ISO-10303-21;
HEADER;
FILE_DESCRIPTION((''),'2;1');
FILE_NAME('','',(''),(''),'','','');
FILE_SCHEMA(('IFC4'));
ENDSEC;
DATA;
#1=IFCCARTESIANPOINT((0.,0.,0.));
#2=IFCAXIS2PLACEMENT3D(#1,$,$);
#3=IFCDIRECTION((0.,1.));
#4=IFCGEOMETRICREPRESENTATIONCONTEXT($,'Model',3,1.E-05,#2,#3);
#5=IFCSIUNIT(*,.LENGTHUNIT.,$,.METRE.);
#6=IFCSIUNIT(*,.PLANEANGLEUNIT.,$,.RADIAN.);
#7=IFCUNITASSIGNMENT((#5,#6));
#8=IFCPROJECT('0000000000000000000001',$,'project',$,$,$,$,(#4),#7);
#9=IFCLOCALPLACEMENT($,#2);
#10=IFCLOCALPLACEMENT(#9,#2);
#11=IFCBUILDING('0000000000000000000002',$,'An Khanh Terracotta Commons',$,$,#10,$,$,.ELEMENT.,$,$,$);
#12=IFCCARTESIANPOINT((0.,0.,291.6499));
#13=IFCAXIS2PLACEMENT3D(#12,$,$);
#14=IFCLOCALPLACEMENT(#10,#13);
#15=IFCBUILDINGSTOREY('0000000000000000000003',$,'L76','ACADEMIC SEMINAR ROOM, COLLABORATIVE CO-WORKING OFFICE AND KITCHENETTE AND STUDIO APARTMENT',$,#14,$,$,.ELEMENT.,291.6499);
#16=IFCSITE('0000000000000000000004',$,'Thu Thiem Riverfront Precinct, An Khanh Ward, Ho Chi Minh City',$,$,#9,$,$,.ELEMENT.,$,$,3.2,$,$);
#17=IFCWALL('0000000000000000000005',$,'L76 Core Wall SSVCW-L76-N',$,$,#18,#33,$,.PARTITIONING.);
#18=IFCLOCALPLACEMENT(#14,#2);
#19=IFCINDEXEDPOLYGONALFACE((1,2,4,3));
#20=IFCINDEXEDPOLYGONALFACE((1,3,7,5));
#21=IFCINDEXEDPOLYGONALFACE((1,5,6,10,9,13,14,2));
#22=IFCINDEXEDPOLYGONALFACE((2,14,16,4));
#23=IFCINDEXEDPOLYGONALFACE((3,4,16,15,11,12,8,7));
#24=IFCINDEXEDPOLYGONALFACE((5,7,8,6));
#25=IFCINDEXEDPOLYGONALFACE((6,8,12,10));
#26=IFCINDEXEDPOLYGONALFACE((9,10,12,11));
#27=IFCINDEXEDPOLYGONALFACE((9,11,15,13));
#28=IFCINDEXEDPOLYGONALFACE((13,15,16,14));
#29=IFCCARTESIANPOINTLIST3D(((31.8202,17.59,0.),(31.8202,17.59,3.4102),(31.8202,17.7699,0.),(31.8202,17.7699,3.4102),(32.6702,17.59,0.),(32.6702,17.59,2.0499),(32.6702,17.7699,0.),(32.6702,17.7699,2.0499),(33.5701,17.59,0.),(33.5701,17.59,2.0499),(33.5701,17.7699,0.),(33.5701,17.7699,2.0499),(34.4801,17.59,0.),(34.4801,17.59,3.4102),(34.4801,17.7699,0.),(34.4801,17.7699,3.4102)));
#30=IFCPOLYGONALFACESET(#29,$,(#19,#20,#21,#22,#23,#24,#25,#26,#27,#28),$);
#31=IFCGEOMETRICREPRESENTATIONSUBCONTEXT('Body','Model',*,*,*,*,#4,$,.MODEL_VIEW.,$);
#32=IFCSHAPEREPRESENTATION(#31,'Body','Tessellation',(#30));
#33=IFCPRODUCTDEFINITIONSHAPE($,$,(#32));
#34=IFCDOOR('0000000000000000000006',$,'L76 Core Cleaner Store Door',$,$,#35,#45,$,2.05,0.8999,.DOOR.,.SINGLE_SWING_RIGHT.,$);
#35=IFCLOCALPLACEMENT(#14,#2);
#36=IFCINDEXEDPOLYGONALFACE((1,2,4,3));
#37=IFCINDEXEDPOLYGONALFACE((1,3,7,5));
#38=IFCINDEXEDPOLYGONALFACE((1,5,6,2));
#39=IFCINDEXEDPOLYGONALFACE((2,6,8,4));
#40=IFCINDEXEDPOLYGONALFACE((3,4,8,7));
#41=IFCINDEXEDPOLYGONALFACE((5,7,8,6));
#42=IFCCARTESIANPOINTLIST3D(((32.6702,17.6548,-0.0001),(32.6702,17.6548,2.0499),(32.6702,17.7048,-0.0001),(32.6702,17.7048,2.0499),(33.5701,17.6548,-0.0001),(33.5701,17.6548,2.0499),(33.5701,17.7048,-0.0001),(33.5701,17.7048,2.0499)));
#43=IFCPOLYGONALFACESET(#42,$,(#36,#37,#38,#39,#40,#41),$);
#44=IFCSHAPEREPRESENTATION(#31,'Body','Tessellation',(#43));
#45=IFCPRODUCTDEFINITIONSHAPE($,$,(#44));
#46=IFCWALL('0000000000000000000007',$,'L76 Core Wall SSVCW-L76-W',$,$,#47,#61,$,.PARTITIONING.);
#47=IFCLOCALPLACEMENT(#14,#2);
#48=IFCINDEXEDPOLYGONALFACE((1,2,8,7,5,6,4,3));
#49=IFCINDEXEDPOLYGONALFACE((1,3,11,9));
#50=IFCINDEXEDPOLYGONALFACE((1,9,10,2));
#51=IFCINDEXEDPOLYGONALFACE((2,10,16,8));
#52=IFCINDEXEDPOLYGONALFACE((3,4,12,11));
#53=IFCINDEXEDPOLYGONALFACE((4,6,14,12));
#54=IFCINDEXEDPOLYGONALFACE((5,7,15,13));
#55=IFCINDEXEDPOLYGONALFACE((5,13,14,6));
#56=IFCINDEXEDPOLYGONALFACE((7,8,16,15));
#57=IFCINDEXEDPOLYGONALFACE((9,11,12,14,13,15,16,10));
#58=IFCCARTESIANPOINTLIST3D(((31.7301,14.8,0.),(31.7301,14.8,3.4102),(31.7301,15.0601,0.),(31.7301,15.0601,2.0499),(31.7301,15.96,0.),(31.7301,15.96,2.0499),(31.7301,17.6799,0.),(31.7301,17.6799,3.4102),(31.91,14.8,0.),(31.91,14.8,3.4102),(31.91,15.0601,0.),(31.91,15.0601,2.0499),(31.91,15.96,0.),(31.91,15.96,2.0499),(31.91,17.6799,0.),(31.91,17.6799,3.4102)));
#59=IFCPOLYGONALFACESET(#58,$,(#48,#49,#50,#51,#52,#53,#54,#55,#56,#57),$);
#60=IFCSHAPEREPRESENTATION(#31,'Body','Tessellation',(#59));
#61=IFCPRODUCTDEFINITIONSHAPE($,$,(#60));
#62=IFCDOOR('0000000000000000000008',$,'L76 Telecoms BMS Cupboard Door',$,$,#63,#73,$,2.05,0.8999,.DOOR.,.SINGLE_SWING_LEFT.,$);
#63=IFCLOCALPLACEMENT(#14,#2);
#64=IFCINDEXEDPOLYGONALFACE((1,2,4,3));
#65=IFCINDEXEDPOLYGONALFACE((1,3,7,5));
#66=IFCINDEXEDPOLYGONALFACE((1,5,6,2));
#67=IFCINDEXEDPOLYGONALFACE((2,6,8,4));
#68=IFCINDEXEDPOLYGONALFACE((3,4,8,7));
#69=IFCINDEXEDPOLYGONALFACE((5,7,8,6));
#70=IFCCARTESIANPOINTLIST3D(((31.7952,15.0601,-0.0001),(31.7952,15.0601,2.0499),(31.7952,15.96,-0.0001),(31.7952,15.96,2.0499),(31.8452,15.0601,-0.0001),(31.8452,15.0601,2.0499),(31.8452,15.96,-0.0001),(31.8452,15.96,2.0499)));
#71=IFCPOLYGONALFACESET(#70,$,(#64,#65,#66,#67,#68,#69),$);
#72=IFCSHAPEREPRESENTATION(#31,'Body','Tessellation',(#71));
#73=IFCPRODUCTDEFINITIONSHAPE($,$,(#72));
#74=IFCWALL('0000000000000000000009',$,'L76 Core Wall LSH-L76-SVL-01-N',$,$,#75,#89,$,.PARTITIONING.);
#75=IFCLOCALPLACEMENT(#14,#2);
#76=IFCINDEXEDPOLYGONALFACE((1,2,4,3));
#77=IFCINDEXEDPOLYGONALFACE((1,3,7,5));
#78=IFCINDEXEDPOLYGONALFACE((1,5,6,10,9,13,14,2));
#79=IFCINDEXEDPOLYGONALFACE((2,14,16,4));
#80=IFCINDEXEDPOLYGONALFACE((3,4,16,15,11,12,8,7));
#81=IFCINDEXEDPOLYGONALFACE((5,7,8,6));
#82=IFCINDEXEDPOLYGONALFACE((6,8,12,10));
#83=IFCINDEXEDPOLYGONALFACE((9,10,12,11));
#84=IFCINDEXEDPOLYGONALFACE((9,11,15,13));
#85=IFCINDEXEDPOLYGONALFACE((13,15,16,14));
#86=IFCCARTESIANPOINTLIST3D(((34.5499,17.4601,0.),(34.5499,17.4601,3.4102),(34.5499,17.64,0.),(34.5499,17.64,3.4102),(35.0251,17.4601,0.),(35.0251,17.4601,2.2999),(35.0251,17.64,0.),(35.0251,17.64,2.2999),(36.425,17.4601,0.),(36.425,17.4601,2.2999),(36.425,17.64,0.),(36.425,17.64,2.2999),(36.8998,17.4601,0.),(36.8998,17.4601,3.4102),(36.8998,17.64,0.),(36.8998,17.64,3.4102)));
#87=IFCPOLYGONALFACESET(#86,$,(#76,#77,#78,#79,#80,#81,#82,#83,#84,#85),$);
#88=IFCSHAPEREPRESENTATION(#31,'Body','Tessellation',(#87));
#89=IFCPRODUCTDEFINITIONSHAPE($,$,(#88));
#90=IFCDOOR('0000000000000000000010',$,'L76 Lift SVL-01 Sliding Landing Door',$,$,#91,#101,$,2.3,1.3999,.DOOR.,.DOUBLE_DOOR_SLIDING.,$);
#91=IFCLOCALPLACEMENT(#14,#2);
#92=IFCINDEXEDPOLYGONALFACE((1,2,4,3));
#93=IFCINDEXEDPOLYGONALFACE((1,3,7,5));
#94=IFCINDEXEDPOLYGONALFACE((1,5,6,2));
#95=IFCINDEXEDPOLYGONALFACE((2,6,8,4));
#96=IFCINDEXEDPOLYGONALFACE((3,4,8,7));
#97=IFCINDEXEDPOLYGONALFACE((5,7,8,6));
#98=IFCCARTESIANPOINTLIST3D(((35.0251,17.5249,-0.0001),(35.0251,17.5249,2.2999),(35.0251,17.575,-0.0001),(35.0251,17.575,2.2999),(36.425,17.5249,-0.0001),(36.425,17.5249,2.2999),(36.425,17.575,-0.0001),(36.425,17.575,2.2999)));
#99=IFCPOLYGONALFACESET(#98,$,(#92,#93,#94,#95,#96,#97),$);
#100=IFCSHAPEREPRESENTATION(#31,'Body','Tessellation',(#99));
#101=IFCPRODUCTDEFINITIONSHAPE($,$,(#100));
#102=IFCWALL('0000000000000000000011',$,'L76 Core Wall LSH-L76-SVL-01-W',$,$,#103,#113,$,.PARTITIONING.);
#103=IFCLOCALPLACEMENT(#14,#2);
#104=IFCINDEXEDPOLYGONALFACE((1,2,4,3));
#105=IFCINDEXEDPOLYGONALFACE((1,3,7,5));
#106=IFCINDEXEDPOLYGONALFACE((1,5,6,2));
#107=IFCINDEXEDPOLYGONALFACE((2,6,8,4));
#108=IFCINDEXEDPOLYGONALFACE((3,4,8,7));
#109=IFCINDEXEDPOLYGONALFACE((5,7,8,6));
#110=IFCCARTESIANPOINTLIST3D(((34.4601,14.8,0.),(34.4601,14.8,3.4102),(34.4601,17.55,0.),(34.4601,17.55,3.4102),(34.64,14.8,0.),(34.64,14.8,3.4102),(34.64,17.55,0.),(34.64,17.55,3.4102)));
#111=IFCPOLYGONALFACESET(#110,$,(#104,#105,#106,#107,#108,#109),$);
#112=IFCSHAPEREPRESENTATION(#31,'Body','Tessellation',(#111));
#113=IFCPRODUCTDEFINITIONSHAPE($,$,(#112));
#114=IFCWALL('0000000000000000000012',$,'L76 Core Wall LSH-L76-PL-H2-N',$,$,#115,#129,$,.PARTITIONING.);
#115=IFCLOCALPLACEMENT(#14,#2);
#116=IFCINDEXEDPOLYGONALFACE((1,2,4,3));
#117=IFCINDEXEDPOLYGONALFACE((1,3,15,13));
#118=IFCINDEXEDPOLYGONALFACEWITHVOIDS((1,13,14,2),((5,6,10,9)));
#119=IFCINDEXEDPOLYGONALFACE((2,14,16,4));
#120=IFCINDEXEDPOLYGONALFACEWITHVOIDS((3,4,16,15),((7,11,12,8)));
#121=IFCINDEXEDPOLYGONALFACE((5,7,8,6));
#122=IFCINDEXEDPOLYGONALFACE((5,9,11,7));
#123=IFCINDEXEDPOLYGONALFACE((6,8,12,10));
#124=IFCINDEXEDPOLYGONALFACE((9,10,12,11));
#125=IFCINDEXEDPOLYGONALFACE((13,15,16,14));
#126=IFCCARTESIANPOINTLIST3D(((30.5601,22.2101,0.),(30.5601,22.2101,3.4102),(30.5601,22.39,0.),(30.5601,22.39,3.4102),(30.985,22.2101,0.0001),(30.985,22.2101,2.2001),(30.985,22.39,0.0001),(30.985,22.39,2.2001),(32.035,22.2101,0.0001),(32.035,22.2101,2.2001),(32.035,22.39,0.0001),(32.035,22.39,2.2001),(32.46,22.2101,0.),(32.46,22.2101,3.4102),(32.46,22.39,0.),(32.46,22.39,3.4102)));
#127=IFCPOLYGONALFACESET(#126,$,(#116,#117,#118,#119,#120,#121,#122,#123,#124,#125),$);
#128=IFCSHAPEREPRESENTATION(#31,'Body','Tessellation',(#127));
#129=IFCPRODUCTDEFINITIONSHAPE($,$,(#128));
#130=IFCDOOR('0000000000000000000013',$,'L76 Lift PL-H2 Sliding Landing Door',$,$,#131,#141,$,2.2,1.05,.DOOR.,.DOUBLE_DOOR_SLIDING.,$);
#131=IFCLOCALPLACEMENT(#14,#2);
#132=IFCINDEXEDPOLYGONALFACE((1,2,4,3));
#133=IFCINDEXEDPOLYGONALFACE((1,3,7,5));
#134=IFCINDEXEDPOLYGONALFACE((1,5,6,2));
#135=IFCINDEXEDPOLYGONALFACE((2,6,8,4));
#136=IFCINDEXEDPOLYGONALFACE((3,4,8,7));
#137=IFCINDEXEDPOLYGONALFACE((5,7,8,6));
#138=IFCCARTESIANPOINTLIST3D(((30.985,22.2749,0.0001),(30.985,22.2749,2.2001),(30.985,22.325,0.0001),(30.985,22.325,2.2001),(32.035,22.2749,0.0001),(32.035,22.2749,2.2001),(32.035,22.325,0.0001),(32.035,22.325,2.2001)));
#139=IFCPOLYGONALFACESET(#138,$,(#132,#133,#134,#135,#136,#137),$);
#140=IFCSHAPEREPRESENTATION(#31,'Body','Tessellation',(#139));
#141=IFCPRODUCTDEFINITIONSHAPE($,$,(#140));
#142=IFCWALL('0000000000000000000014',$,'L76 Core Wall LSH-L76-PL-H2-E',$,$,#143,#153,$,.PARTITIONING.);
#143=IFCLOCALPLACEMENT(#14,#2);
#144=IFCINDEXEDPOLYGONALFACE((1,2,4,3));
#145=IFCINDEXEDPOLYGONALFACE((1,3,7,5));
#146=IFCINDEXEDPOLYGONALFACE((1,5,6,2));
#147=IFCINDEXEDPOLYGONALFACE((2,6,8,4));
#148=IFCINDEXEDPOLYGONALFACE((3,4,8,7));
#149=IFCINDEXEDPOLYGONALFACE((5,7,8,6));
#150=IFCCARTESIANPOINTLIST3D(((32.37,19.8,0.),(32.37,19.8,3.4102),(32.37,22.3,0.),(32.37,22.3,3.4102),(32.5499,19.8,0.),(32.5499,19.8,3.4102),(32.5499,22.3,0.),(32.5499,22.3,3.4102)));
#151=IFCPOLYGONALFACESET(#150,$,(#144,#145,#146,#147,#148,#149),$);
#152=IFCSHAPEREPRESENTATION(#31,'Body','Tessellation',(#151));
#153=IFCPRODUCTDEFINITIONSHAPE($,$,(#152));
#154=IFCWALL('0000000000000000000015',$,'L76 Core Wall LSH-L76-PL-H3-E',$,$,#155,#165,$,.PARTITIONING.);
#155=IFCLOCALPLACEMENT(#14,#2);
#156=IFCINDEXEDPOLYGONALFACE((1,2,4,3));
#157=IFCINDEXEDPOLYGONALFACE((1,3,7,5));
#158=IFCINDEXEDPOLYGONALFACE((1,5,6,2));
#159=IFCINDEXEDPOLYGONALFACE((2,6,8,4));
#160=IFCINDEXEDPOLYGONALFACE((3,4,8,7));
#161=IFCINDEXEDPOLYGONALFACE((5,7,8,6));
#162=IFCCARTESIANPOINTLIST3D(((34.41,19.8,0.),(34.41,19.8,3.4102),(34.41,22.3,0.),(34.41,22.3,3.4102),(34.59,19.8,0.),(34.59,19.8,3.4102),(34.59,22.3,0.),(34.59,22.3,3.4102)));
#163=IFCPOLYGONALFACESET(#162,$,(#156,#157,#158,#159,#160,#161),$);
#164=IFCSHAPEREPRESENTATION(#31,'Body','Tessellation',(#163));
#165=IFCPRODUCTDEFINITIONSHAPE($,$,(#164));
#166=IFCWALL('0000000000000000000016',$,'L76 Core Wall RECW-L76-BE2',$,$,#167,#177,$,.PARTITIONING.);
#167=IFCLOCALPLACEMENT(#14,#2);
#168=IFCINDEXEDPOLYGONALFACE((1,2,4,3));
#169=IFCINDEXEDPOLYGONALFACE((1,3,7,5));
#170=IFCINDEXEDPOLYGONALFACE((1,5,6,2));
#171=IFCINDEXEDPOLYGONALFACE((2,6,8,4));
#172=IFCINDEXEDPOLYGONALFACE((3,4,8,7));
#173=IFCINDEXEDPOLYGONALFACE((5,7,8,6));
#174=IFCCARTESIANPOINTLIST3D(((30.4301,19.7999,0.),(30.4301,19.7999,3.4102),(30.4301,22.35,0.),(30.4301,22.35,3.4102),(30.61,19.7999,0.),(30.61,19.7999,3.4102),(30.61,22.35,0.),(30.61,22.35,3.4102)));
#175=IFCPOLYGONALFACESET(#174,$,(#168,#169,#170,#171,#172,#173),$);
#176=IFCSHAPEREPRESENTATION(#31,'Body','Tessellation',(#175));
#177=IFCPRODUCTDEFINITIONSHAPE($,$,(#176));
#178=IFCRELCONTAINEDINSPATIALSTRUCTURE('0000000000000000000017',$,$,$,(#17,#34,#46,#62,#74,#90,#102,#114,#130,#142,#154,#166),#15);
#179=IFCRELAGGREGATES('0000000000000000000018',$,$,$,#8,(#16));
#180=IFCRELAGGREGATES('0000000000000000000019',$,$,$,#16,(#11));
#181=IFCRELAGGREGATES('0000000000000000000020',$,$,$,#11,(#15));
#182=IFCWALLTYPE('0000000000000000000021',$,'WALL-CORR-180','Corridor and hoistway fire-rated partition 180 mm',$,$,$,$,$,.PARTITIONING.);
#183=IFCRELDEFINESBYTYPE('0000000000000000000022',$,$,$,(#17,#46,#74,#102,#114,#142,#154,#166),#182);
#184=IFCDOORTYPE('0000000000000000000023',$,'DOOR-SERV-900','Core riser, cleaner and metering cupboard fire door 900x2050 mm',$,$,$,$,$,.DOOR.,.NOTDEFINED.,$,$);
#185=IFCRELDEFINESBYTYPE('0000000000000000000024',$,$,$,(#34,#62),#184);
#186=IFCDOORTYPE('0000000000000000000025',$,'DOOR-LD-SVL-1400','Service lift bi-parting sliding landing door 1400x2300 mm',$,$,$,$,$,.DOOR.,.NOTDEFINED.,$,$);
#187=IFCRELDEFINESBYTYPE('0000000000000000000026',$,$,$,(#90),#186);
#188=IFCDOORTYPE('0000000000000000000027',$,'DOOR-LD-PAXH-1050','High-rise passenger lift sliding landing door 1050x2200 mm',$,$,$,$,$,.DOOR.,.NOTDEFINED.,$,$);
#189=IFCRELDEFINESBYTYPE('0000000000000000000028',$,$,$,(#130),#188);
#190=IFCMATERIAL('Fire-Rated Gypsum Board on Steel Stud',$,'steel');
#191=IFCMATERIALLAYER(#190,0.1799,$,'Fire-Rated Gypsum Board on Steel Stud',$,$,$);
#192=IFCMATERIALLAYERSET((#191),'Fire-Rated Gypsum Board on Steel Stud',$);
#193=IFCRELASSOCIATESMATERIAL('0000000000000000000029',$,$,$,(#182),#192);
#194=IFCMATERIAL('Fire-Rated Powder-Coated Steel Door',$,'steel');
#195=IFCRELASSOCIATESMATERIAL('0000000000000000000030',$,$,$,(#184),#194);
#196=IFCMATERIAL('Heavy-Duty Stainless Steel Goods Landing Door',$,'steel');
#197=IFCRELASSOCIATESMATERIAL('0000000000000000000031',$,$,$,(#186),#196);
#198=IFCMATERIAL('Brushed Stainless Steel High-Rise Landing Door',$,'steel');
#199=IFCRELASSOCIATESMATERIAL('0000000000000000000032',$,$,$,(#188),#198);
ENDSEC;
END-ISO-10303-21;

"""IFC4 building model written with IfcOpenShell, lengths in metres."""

from ifc_helpers import new_model, si_unit, direction, frame, frame_2d, origin, place, context, subcontext, project, spatial, rectangle, extrude, material, layer, layer_set, type_object, element, fill, save


model = new_model("IFC4")

# Units and contexts
model_context = context("Model", 3, precision=1e-05, world=origin(), true_north=direction((0.0, 1.0)))
body_context = subcontext(model_context, "Body", "Model", "MODEL_VIEW")
ifc_project = project(units=[si_unit("LENGTHUNIT", "METRE"), si_unit("PLANEANGLEUNIT", "RADIAN")], contexts=[model_context])

# Site, building, storey
site_placement = place(None, origin())
site = spatial("IfcSite", under=ifc_project, at=site_placement, Name="Thu Thiem Riverfront Precinct, An Khanh Ward, Ho Chi Minh City", CompositionType="ELEMENT", RefElevation=3.2)
building_placement = place(site_placement, origin())
building = spatial("IfcBuilding", under=site, at=building_placement, Name="An Khanh Terracotta Commons", CompositionType="ELEMENT")
storey_placement = place(building_placement, frame((0.0, 0.0, 291.6499)))
storey = spatial("IfcBuildingStorey", under=building, at=storey_placement, Name="L76", Description="ACADEMIC SEMINAR ROOM, COLLABORATIVE CO-WORKING OFFICE AND KITCHENETTE AND STUDIO APARTMENT", CompositionType="ELEMENT", Elevation=291.6499)

# Walls, openings, doors
ifc_material_1 = material(Name="Fire-Rated Gypsum Board on Steel Stud", Category="steel")
ifc_layer_1 = layer(ifc_material_1, 0.1799, Name="Fire-Rated Gypsum Board on Steel Stud")
ifc_layer_set_1 = layer_set([ifc_layer_1], Name="Fire-Rated Gypsum Board on Steel Stud")
wall_type_1 = type_object("IfcWallType", Name="WALL-CORR-180", Description="Corridor and hoistway fire-rated partition 180 mm", PredefinedType="PARTITIONING", material=ifc_layer_set_1)
wall_1_placement = place(storey_placement, frame((31.8201, 17.6799, 0.0), z_axis=(0.0, 0.0, 1.0), x_axis=(1.0, 0.0, 0.0)))
wall_1 = element("IfcWall", 1, at=wall_1_placement, inside=storey, type_object=wall_type_1, Name="L76 Core Wall SSVCW-L76-N", PredefinedType="PARTITIONING", context=body_context, shape_type="SweptSolid", body=[
    extrude(rectangle(XDim=2.6599, YDim=0.1799, at=frame_2d((1.3301, 0.0))), origin(), (0.0, 0.0, 1.0), 3.4102),
])
opening_1_placement = place(wall_1_placement, frame((0.8501, 0.0, 0.0)))
opening_1 = element("IfcOpeningElement", 2, at=opening_1_placement, cuts=wall_1, PredefinedType="OPENING", context=body_context, shape_type="SweptSolid", body=[
    extrude(rectangle(XDim=0.8999, YDim=2.05, at=frame_2d((0.45, 1.0249))), frame((0.0, 0.0999, 0.0), z_axis=(0.0, -1.0, 0.0), x_axis=(1.0, 0.0, 0.0)), (0.0, 0.0, 1.0), 0.2),
])
ifc_material_2 = material(Name="Fire-Rated Powder-Coated Steel Door", Category="steel")
door_type_1 = type_object("IfcDoorType", Name="DOOR-SERV-900", Description="Core riser, cleaner and metering cupboard fire door 900x2050 mm", OperationType="NOTDEFINED", PredefinedType="DOOR", material=ifc_material_2)
door_1_placement = place(opening_1_placement, origin())
door_1 = element("IfcDoor", 3, at=door_1_placement, inside=storey, type_object=door_type_1, Name="L76 Core Cleaner Store Door", OperationType="SINGLE_SWING_RIGHT", OverallHeight=2.05, OverallWidth=0.8999, PredefinedType="DOOR", context=body_context, shape_type="SweptSolid", body=[
    extrude(rectangle(XDim=0.8999, YDim=2.05, at=frame_2d((0.45, 1.0249))), frame((0.0, 0.0249, 0.0), z_axis=(0.0, -1.0, 0.0), x_axis=(1.0, 0.0, 0.0)), (0.0, 0.0, 1.0), 0.05),
])
fill(opening_1, door_1)
wall_2_placement = place(storey_placement, frame((31.8201, 14.8, 0.0), z_axis=(0.0, 0.0, 1.0), x_axis=(0.0, 1.0, 0.0)))
wall_2 = element("IfcWall", 4, at=wall_2_placement, inside=storey, type_object=wall_type_1, Name="L76 Core Wall SSVCW-L76-W", PredefinedType="PARTITIONING", context=body_context, shape_type="SweptSolid", body=[
    extrude(rectangle(XDim=2.8799, YDim=0.1799, at=frame_2d((1.4399, 0.0))), origin(), (0.0, 0.0, 1.0), 3.4102),
])
opening_2_placement = place(wall_2_placement, frame((0.26, 0.0, 0.0)))
opening_2 = element("IfcOpeningElement", 5, at=opening_2_placement, cuts=wall_2, PredefinedType="OPENING", context=body_context, shape_type="SweptSolid", body=[
    extrude(rectangle(XDim=0.8999, YDim=2.05, at=frame_2d((0.45, 1.0249))), frame((0.0, 0.0999, 0.0), z_axis=(0.0, -1.0, 0.0), x_axis=(1.0, 0.0, 0.0)), (0.0, 0.0, 1.0), 0.2),
])
door_2_placement = place(opening_2_placement, origin())
door_2 = element("IfcDoor", 6, at=door_2_placement, inside=storey, type_object=door_type_1, Name="L76 Telecoms BMS Cupboard Door", OperationType="SINGLE_SWING_LEFT", OverallHeight=2.05, OverallWidth=0.8999, PredefinedType="DOOR", context=body_context, shape_type="SweptSolid", body=[
    extrude(rectangle(XDim=0.8999, YDim=2.05, at=frame_2d((0.45, 1.0249))), frame((0.0, 0.0249, 0.0), z_axis=(0.0, -1.0, 0.0), x_axis=(1.0, 0.0, 0.0)), (0.0, 0.0, 1.0), 0.05),
])
fill(opening_2, door_2)
wall_3_placement = place(storey_placement, frame((34.55, 17.55, 0.0), z_axis=(0.0, 0.0, 1.0), x_axis=(1.0, 0.0, 0.0)))
wall_3 = element("IfcWall", 7, at=wall_3_placement, inside=storey, type_object=wall_type_1, Name="L76 Core Wall LSH-L76-SVL-01-N", PredefinedType="PARTITIONING", context=body_context, shape_type="SweptSolid", body=[
    extrude(rectangle(XDim=2.3499, YDim=0.1799, at=frame_2d((1.1748, 0.0))), origin(), (0.0, 0.0, 1.0), 3.4102),
])
opening_3_placement = place(wall_3_placement, frame((0.4751, 0.0, 0.0)))
opening_3 = element("IfcOpeningElement", 8, at=opening_3_placement, cuts=wall_3, PredefinedType="OPENING", context=body_context, shape_type="SweptSolid", body=[
    extrude(rectangle(XDim=1.3999, YDim=2.3, at=frame_2d((0.7, 1.1499))), frame((0.0, 0.0999, 0.0), z_axis=(0.0, -1.0, 0.0), x_axis=(1.0, 0.0, 0.0)), (0.0, 0.0, 1.0), 0.2),
])
ifc_material_3 = material(Name="Heavy-Duty Stainless Steel Goods Landing Door", Category="steel")
door_type_2 = type_object("IfcDoorType", Name="DOOR-LD-SVL-1400", Description="Service lift bi-parting sliding landing door 1400x2300 mm", OperationType="NOTDEFINED", PredefinedType="DOOR", material=ifc_material_3)
door_3_placement = place(opening_3_placement, origin())
door_3 = element("IfcDoor", 9, at=door_3_placement, inside=storey, type_object=door_type_2, Name="L76 Lift SVL-01 Sliding Landing Door", OperationType="DOUBLE_DOOR_SLIDING", OverallHeight=2.3, OverallWidth=1.3999, PredefinedType="DOOR", context=body_context, shape_type="SweptSolid", body=[
    extrude(rectangle(XDim=1.3999, YDim=2.3, at=frame_2d((0.7, 1.1499))), frame((0.0, 0.0249, 0.0), z_axis=(0.0, -1.0, 0.0), x_axis=(1.0, 0.0, 0.0)), (0.0, 0.0, 1.0), 0.05),
])
fill(opening_3, door_3)

# Wall
wall_4_placement = place(storey_placement, frame((34.55, 17.55, 0.0), z_axis=(0.0, 0.0, 1.0), x_axis=(0.0, -1.0, 0.0)))
element("IfcWall", 10, at=wall_4_placement, inside=storey, type_object=wall_type_1, Name="L76 Core Wall LSH-L76-SVL-01-W", PredefinedType="PARTITIONING", context=body_context, shape_type="SweptSolid", body=[
    extrude(rectangle(XDim=2.75, YDim=0.1799, at=frame_2d((1.375, 0.0))), origin(), (0.0, 0.0, 1.0), 3.4102),
])

# Wall, opening, door
wall_5_placement = place(storey_placement, frame((30.5601, 22.3, 0.0), z_axis=(0.0, 0.0, 1.0), x_axis=(1.0, 0.0, 0.0)))
wall_5 = element("IfcWall", 11, at=wall_5_placement, inside=storey, type_object=wall_type_1, Name="L76 Core Wall LSH-L76-PL-H2-N", PredefinedType="PARTITIONING", context=body_context, shape_type="SweptSolid", body=[
    extrude(rectangle(XDim=1.8999, YDim=0.1799, at=frame_2d((0.95, 0.0))), origin(), (0.0, 0.0, 1.0), 3.4102),
])
opening_4_placement = place(wall_5_placement, frame((0.425, 0.0, 0.0)))
opening_4 = element("IfcOpeningElement", 12, at=opening_4_placement, cuts=wall_5, PredefinedType="OPENING", context=body_context, shape_type="SweptSolid", body=[
    extrude(rectangle(XDim=1.05, YDim=2.2, at=frame_2d((0.5249, 1.1001))), frame((0.0, 0.0999, 0.0), z_axis=(0.0, -1.0, 0.0), x_axis=(1.0, 0.0, 0.0)), (0.0, 0.0, 1.0), 0.2),
])
ifc_material_4 = material(Name="Brushed Stainless Steel High-Rise Landing Door", Category="steel")
door_type_3 = type_object("IfcDoorType", Name="DOOR-LD-PAXH-1050", Description="High-rise passenger lift sliding landing door 1050x2200 mm", OperationType="NOTDEFINED", PredefinedType="DOOR", material=ifc_material_4)
door_4_placement = place(opening_4_placement, origin())
door_4 = element("IfcDoor", 13, at=door_4_placement, inside=storey, type_object=door_type_3, Name="L76 Lift PL-H2 Sliding Landing Door", OperationType="DOUBLE_DOOR_SLIDING", OverallHeight=2.2, OverallWidth=1.05, PredefinedType="DOOR", context=body_context, shape_type="SweptSolid", body=[
    extrude(rectangle(XDim=1.05, YDim=2.2, at=frame_2d((0.5249, 1.1001))), frame((0.0, 0.0249, 0.0), z_axis=(0.0, -1.0, 0.0), x_axis=(1.0, 0.0, 0.0)), (0.0, 0.0, 1.0), 0.05),
])
fill(opening_4, door_4)

# Walls
for number, where, z_axis, x_axis, name in (
    (14, (32.46, 19.8, 0.0), (0.0, 0.0, 1.0), (0.0, 1.0, 0.0), "L76 Core Wall LSH-L76-PL-H2-E"),
    (15, (34.5, 19.8, 0.0), (0.0, 0.0, 1.0), (0.0, 1.0, 0.0), "L76 Core Wall LSH-L76-PL-H3-E"),
):
    element("IfcWall", number, at=place(storey_placement, frame(where, z_axis=z_axis, x_axis=x_axis)), inside=storey, type_object=wall_type_1, Name=name, PredefinedType="PARTITIONING", context=body_context, shape_type="SweptSolid", body=[
        extrude(rectangle(XDim=2.5, YDim=0.1799, at=frame_2d((1.25, 0.0))), origin(), (0.0, 0.0, 1.0), 3.4102),
    ])
wall_6_placement = place(storey_placement, frame((30.52, 19.8, 0.0), z_axis=(0.0, 0.0, 1.0), x_axis=(0.0, 1.0, 0.0)))
element("IfcWall", 16, at=wall_6_placement, inside=storey, type_object=wall_type_1, Name="L76 Core Wall RECW-L76-BE2", PredefinedType="PARTITIONING", context=body_context, shape_type="SweptSolid", body=[
    extrude(rectangle(XDim=2.55, YDim=0.1799, at=frame_2d((1.2749, 0.0))), origin(), (0.0, 0.0, 1.0), 3.4102),
])

save(model, "model.ifc")
